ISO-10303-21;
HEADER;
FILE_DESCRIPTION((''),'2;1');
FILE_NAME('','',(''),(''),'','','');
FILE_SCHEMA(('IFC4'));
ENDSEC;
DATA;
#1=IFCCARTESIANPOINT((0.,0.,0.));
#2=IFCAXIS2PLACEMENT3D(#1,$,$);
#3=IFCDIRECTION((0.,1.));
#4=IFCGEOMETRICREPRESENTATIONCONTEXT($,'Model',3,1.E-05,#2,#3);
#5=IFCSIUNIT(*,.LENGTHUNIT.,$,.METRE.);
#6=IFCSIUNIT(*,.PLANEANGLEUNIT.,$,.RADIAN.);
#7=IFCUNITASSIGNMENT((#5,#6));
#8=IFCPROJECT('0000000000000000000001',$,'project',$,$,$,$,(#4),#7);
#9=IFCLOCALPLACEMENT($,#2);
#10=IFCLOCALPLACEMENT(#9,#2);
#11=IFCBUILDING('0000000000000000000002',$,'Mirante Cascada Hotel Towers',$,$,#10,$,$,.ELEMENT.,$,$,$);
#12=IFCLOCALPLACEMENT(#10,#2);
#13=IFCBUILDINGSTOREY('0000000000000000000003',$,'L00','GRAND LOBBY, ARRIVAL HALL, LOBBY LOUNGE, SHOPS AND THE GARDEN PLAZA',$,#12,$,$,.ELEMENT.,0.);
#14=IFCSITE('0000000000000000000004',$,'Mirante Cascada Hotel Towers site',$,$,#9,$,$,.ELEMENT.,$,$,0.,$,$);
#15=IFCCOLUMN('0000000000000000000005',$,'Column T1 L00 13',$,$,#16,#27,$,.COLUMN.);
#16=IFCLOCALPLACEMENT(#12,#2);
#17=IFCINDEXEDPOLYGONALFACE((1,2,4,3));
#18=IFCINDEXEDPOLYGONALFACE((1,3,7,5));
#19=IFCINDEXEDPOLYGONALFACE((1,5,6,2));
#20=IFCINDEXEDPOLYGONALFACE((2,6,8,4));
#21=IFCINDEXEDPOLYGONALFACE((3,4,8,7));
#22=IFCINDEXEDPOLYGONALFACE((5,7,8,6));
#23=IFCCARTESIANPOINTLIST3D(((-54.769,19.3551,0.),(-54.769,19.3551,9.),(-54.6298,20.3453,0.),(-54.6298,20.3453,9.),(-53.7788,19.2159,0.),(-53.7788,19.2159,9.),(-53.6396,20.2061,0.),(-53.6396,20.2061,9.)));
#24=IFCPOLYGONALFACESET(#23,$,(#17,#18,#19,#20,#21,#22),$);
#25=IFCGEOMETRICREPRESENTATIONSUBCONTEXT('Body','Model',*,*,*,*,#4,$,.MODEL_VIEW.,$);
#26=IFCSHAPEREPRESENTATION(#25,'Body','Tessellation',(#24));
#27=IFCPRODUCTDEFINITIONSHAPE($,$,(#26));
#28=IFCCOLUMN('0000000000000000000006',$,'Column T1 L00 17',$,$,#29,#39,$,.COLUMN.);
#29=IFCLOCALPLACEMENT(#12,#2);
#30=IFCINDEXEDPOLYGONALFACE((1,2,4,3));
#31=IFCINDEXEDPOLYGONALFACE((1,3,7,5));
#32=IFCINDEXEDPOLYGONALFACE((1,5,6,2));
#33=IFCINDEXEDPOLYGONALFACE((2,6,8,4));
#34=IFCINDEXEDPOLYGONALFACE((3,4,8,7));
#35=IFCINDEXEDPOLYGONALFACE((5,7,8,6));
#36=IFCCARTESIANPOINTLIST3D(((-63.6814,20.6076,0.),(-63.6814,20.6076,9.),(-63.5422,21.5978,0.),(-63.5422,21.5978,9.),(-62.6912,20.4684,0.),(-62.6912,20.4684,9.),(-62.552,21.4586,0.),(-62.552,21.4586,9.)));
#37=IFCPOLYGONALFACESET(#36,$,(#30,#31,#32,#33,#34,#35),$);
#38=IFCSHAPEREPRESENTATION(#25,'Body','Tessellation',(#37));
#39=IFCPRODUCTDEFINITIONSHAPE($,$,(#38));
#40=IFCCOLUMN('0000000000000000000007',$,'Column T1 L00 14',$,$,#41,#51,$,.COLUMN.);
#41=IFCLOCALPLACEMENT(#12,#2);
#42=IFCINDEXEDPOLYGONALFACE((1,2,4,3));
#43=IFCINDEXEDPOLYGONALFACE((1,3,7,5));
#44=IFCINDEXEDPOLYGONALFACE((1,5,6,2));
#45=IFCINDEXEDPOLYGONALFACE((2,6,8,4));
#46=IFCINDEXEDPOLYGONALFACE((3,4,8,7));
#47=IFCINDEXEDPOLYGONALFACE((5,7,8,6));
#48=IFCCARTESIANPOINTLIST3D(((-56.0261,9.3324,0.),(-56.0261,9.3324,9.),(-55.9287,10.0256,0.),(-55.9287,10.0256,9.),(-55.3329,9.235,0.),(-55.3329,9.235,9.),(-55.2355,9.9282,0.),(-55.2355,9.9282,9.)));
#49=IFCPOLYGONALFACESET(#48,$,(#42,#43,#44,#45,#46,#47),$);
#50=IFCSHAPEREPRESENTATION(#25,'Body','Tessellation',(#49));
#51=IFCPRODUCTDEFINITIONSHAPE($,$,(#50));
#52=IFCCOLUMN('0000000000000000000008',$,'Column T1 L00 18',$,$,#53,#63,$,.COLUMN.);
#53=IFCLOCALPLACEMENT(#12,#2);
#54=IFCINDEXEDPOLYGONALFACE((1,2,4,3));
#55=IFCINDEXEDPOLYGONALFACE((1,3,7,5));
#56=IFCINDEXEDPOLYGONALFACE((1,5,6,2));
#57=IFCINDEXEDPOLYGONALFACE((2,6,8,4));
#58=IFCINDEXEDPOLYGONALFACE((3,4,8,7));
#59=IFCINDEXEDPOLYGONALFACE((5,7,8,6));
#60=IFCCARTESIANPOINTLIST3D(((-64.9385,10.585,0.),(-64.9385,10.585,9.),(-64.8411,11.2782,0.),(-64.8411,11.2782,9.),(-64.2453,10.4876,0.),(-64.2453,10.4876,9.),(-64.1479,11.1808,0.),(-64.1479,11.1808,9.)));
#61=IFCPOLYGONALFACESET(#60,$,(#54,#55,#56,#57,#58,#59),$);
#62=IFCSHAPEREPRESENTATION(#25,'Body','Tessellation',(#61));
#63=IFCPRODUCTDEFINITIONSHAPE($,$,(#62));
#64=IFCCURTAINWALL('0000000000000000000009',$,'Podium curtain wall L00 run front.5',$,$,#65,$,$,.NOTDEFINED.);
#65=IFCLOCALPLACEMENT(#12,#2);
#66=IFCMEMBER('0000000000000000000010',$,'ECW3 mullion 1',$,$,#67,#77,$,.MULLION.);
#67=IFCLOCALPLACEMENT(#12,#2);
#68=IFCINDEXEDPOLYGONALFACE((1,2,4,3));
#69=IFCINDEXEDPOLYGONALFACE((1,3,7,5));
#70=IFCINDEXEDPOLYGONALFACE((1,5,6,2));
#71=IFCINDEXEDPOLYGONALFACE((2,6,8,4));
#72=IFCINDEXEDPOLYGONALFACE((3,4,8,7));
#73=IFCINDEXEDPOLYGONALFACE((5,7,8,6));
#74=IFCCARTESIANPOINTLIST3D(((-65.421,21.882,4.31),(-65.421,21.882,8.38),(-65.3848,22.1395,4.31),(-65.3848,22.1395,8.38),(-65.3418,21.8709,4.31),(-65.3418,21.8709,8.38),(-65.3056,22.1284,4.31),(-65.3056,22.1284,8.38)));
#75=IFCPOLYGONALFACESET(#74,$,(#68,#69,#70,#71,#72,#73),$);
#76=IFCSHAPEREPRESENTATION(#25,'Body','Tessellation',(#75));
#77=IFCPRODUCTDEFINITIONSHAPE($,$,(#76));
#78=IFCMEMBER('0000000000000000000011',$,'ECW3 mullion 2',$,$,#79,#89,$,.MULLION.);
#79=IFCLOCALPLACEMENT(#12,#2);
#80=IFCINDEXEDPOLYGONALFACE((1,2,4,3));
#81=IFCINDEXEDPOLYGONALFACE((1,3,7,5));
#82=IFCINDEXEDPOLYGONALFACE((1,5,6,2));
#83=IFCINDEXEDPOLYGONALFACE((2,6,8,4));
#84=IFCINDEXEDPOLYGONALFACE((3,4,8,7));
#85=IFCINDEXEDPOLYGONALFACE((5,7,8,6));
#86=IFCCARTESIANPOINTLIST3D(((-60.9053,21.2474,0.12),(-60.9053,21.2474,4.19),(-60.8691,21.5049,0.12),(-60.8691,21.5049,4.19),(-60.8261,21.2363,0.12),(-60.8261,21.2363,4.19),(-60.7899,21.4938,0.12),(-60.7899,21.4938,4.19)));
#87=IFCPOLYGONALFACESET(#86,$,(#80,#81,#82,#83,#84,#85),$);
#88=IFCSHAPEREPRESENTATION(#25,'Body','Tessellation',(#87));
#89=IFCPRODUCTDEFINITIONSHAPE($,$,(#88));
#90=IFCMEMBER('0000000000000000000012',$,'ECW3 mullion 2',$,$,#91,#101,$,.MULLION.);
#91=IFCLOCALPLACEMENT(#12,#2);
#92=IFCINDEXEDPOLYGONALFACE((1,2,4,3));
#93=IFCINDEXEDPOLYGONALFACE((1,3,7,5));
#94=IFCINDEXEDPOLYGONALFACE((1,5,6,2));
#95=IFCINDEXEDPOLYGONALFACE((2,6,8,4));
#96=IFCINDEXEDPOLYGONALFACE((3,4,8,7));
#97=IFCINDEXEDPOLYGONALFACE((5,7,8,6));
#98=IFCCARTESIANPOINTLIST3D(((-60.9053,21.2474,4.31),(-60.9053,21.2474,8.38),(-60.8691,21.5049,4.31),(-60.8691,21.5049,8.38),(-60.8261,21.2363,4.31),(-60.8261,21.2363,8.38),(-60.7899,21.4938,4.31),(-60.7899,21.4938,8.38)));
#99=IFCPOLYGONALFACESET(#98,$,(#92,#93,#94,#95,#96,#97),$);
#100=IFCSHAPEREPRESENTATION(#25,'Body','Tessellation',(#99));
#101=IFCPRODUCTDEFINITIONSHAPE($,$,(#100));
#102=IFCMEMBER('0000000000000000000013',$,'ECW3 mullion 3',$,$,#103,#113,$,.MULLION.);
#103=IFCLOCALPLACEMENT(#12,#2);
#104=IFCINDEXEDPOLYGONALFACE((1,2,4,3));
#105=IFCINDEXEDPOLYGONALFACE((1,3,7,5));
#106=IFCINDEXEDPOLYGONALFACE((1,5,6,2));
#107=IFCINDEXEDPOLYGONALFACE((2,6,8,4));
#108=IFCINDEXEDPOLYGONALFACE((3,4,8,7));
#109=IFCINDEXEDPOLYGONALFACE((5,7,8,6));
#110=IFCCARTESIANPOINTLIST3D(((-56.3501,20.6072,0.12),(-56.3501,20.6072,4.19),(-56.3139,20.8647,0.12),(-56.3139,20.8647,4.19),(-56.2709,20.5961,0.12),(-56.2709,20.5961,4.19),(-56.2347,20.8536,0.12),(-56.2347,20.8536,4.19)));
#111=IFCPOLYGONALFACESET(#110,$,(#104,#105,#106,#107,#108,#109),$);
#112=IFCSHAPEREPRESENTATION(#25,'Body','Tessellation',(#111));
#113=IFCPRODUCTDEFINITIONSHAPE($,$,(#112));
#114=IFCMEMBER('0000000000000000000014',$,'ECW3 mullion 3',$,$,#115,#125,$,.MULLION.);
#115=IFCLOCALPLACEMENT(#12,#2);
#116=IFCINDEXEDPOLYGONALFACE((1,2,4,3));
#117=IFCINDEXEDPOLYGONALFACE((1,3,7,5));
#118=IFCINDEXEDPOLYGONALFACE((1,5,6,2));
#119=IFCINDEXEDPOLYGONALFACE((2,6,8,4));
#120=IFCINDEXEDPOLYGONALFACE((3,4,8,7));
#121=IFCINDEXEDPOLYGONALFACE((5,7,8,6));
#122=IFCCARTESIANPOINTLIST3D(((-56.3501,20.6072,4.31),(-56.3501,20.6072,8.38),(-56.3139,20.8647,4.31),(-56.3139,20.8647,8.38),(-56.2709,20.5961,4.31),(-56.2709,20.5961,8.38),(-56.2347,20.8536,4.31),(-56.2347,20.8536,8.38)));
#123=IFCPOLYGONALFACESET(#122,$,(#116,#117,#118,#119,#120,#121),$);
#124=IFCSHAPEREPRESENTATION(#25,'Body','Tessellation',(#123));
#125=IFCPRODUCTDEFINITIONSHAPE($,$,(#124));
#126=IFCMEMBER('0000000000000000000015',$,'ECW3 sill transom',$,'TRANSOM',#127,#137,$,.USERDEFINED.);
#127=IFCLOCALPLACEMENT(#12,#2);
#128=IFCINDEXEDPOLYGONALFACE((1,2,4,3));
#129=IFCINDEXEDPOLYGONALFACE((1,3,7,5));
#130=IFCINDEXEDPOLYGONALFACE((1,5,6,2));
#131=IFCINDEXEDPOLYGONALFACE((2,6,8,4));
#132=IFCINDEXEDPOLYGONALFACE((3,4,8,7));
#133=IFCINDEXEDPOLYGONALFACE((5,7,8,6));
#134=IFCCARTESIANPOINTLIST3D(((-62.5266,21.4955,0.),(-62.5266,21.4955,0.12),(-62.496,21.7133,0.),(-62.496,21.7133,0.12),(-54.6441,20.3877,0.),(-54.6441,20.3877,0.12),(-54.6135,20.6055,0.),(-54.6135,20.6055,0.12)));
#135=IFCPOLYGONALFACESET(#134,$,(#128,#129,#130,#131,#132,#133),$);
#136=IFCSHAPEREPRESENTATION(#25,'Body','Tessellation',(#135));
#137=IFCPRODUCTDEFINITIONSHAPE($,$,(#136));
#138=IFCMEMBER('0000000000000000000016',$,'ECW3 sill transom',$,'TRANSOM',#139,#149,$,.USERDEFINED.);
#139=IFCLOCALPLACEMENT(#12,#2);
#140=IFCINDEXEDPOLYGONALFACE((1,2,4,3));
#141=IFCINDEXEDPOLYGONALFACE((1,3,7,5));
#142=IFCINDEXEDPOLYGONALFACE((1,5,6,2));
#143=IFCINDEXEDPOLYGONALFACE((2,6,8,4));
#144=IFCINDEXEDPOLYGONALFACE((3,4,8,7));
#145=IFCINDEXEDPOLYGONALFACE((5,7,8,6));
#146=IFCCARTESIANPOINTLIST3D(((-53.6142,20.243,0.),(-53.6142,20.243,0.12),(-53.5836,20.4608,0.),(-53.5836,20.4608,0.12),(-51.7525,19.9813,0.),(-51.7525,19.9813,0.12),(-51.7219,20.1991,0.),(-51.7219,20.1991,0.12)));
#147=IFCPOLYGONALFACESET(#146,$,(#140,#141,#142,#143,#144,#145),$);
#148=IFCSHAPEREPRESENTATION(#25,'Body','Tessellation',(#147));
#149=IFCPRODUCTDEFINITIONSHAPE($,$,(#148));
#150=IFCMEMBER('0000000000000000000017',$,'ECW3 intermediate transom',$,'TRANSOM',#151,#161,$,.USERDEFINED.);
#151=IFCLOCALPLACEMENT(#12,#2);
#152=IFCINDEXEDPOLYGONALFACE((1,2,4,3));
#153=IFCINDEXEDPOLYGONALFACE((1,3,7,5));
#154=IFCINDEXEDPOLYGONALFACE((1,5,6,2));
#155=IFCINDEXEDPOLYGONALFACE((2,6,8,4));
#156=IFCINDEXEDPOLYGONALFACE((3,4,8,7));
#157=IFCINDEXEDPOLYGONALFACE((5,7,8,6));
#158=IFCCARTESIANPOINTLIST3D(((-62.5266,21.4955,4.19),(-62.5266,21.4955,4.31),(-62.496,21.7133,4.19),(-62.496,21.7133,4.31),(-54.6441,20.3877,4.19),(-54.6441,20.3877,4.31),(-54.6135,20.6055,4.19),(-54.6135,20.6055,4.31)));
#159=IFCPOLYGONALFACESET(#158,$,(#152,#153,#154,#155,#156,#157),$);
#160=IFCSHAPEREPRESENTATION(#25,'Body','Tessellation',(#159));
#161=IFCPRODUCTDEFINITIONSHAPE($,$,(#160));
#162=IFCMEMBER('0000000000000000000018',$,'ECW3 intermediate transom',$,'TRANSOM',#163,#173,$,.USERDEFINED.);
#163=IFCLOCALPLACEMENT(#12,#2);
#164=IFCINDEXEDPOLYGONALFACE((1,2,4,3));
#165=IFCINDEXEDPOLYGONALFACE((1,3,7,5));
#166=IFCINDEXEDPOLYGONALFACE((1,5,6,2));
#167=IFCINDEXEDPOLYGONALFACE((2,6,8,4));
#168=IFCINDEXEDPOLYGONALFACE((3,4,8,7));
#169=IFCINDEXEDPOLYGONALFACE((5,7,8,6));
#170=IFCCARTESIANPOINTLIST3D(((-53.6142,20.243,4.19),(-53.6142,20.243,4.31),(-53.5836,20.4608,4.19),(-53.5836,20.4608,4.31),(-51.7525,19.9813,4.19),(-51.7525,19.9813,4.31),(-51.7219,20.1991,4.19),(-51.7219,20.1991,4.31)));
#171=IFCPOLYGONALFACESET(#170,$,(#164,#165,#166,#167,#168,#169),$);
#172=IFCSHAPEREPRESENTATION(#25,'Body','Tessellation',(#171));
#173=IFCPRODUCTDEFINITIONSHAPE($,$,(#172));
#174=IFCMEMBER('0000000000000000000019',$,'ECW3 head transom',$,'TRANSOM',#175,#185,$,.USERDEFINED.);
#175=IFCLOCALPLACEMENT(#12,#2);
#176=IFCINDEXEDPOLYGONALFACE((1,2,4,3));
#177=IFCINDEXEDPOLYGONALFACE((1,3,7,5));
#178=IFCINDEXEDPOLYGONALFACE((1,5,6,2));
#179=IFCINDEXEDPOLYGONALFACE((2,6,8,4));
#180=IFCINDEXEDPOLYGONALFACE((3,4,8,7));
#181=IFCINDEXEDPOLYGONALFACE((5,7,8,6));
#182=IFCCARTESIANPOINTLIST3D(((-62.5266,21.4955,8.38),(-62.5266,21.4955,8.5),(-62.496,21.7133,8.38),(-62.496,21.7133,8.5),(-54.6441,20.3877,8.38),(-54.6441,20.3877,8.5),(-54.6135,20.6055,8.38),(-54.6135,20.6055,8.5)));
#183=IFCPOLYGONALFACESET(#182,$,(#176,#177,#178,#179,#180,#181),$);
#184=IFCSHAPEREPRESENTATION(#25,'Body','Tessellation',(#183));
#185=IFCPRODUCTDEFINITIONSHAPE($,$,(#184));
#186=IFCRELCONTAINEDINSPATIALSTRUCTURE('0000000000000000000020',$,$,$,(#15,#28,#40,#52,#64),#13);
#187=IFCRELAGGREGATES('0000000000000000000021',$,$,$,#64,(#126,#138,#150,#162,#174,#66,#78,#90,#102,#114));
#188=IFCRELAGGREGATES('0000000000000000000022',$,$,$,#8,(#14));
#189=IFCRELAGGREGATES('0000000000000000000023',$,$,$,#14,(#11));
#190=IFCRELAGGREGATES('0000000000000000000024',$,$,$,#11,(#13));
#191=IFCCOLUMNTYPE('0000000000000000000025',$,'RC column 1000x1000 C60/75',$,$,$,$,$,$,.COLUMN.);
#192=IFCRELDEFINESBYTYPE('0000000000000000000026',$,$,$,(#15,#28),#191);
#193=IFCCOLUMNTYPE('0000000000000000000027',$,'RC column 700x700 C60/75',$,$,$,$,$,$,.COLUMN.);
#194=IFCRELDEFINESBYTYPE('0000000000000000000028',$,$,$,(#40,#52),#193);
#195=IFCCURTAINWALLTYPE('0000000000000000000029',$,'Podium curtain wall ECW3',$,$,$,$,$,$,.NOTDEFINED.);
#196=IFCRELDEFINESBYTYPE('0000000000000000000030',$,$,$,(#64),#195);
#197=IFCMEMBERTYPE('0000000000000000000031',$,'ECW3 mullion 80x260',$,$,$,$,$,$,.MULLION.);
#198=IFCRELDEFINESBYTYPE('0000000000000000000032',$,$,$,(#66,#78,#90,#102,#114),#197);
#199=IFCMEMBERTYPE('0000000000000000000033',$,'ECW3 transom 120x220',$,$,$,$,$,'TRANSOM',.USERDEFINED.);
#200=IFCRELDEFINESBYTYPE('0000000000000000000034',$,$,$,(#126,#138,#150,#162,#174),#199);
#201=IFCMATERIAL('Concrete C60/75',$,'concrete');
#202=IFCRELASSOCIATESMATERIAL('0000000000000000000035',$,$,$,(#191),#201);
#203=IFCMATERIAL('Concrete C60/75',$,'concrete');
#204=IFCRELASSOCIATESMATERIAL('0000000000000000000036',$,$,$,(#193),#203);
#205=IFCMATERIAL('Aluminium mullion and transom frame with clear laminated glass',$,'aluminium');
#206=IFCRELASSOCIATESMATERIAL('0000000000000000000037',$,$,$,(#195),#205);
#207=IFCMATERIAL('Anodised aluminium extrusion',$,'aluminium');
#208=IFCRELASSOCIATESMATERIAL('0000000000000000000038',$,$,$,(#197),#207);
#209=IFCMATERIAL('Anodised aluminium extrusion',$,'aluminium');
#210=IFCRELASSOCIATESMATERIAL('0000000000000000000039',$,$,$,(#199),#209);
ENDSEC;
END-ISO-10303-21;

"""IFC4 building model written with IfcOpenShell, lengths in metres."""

from ifc_helpers import new_model, si_unit, direction, frame, origin, origin_2d, place, context, subcontext, project, spatial, rectangle, extrude, material, material_profile, profile_set, type_object, element, aggregate, save


model = new_model("IFC4")

# Units and contexts
model_context = context("Model", 3, precision=1e-05, world=origin(), true_north=direction((0.0, 1.0)))
body_context = subcontext(model_context, "Body", "Model", "MODEL_VIEW")
ifc_project = project(units=[si_unit("LENGTHUNIT", "METRE"), si_unit("PLANEANGLEUNIT", "RADIAN")], contexts=[model_context])

# Site, building, storey
site_placement = place(None, origin())
site = spatial("IfcSite", under=ifc_project, at=site_placement, Name="Mirante Cascada Hotel Towers site", CompositionType="ELEMENT", RefElevation=0.0)
building_placement = place(site_placement, origin())
building = spatial("IfcBuilding", under=site, at=building_placement, Name="Mirante Cascada Hotel Towers", CompositionType="ELEMENT")
storey_placement = place(building_placement, origin())
storey = spatial("IfcBuildingStorey", under=building, at=storey_placement, Name="L00", Description="GRAND LOBBY, ARRIVAL HALL, LOBBY LOUNGE, SHOPS AND THE GARDEN PLAZA", CompositionType="ELEMENT", Elevation=0.0)

# Columns
ifc_material_1 = material(Name="Concrete C60/75", Category="concrete")
ifc_material_profile_1 = material_profile(ifc_material_1, rectangle(XDim=1.0, YDim=1.0, at=origin_2d()), Name="RC column 1000x1000 C60/75")
ifc_profile_set_1 = profile_set([ifc_material_profile_1], Name="Concrete C60/75")
column_type_1 = type_object("IfcColumnType", Name="RC column 1000x1000 C60/75", PredefinedType="COLUMN", material=ifc_profile_set_1)
for number, where, z_axis, x_axis, name in (
    (1, (-54.2043, 19.7806, 0.0), (0.0, 0.0, 1.0), (-0.990268, 0.139173, 0.0), "Column T1 L00 13"),
    (2, (-63.1167, 21.0331, 0.0), (0.0, 0.0, 1.0), (-0.990268, 0.139173, 0.0), "Column T1 L00 17"),
):
    element("IfcColumn", number, at=place(storey_placement, frame(where, z_axis=z_axis, x_axis=x_axis)), inside=storey, type_object=column_type_1, Name=name, PredefinedType="COLUMN", context=body_context, shape_type="SweptSolid", body=[
        extrude(rectangle(XDim=1.0, YDim=1.0, at=origin_2d()), origin(), (0.0, 0.0, 1.0), 9.0),
    ])
ifc_material_2 = material(Name="Concrete C60/75", Category="concrete")
ifc_material_profile_2 = material_profile(ifc_material_2, rectangle(XDim=0.7, YDim=0.7, at=origin_2d()), Name="RC column 700x700 C60/75")
ifc_profile_set_2 = profile_set([ifc_material_profile_2], Name="Concrete C60/75")
column_type_2 = type_object("IfcColumnType", Name="RC column 700x700 C60/75", PredefinedType="COLUMN", material=ifc_profile_set_2)
for number, where, z_axis, x_axis, name in (
    (3, (-55.6308, 9.6303, 0.0), (0.0, 0.0, 1.0), (-0.990268, 0.139173, 0.0), "Column T1 L00 14"),
    (4, (-64.5432, 10.8829, 0.0), (0.0, 0.0, 1.0), (-0.990268, 0.139173, 0.0), "Column T1 L00 18"),
):
    element("IfcColumn", number, at=place(storey_placement, frame(where, z_axis=z_axis, x_axis=x_axis)), inside=storey, type_object=column_type_2, Name=name, PredefinedType="COLUMN", context=body_context, shape_type="SweptSolid", body=[
        extrude(rectangle(XDim=0.7, YDim=0.7, at=origin_2d()), origin(), (0.0, 0.0, 1.0), 9.0),
    ])

# Curtain wall, members
ifc_material_3 = material(Name="Aluminium mullion and transom frame with clear laminated glass", Category="aluminium")
curtain_wall_type = type_object("IfcCurtainWallType", Name="Podium curtain wall ECW3", PredefinedType="NOTDEFINED", material=ifc_material_3)
curtain_wall_placement = place(storey_placement, origin())
curtain_wall = element("IfcCurtainWall", 5, at=curtain_wall_placement, inside=storey, type_object=curtain_wall_type, Name="Podium curtain wall L00 run front.5", PredefinedType="NOTDEFINED")
ifc_material_4 = material(Name="Anodised aluminium extrusion", Category="aluminium")
ifc_material_profile_3 = material_profile(ifc_material_4, rectangle(XDim=0.26, YDim=0.08, at=origin_2d()), Name="ECW3 MULLION 80x260")
ifc_profile_set_3 = profile_set([ifc_material_profile_3], Name="Anodised aluminium extrusion")
member_type_1 = type_object("IfcMemberType", Name="ECW3 mullion 80x260", PredefinedType="MULLION", material=ifc_profile_set_3)
member_1_placement = place(storey_placement, frame((-65.3633, 22.0052, 4.31), z_axis=(0.0, 0.0, 1.0), x_axis=(0.139173, 0.990268, 0.0)))
member_1 = element("IfcMember", 6, at=member_1_placement, type_object=member_type_1, Name="ECW3 mullion 1", PredefinedType="MULLION", context=body_context, shape_type="SweptSolid", body=[
    extrude(rectangle(XDim=0.26, YDim=0.08, at=origin_2d()), origin(), (0.0, 0.0, 1.0), 4.07),
])
member_2_placement = place(storey_placement, frame((-60.8476, 21.3706, 0.12), z_axis=(0.0, 0.0, 1.0), x_axis=(0.139173, 0.990268, 0.0)))
member_2 = element("IfcMember", 7, at=member_2_placement, type_object=member_type_1, Name="ECW3 mullion 2", PredefinedType="MULLION", context=body_context, shape_type="SweptSolid", body=[
    extrude(rectangle(XDim=0.26, YDim=0.08, at=origin_2d()), origin(), (0.0, 0.0, 1.0), 4.07),
])
member_3_placement = place(storey_placement, frame((-60.8476, 21.3706, 4.31), z_axis=(0.0, 0.0, 1.0), x_axis=(0.139173, 0.990268, 0.0)))
member_3 = element("IfcMember", 8, at=member_3_placement, type_object=member_type_1, Name="ECW3 mullion 2", PredefinedType="MULLION", context=body_context, shape_type="SweptSolid", body=[
    extrude(rectangle(XDim=0.26, YDim=0.08, at=origin_2d()), origin(), (0.0, 0.0, 1.0), 4.07),
])
member_4_placement = place(storey_placement, frame((-56.2924, 20.7304, 0.12), z_axis=(0.0, 0.0, 1.0), x_axis=(0.139173, 0.990268, 0.0)))
member_4 = element("IfcMember", 9, at=member_4_placement, type_object=member_type_1, Name="ECW3 mullion 3", PredefinedType="MULLION", context=body_context, shape_type="SweptSolid", body=[
    extrude(rectangle(XDim=0.26, YDim=0.08, at=origin_2d()), origin(), (0.0, 0.0, 1.0), 4.07),
])
member_5_placement = place(storey_placement, frame((-56.2924, 20.7304, 4.31), z_axis=(0.0, 0.0, 1.0), x_axis=(0.139173, 0.990268, 0.0)))
member_5 = element("IfcMember", 10, at=member_5_placement, type_object=member_type_1, Name="ECW3 mullion 3", PredefinedType="MULLION", context=body_context, shape_type="SweptSolid", body=[
    extrude(rectangle(XDim=0.26, YDim=0.08, at=origin_2d()), origin(), (0.0, 0.0, 1.0), 4.07),
])
ifc_material_5 = material(Name="Anodised aluminium extrusion", Category="aluminium")
ifc_material_profile_4 = material_profile(ifc_material_5, rectangle(XDim=0.22, YDim=0.12, at=origin_2d()), Name="ECW3 TRANSOM 120x220")
ifc_profile_set_4 = profile_set([ifc_material_profile_4], Name="Anodised aluminium extrusion")
member_type_2 = type_object("IfcMemberType", Name="ECW3 transom 120x220", ElementType="TRANSOM", PredefinedType="USERDEFINED", material=ifc_profile_set_4)
member_6_placement = place(storey_placement, frame((-62.5113, 21.6044, 0.06), z_axis=(0.990268, -0.139172, 0.0), x_axis=(0.139172, 0.990268, 0.0)))
member_6 = element("IfcMember", 11, at=member_6_placement, type_object=member_type_2, Name="ECW3 sill transom", ObjectType="TRANSOM", PredefinedType="USERDEFINED", context=body_context, shape_type="SweptSolid", body=[
    extrude(rectangle(XDim=0.22, YDim=0.12, at=origin_2d()), origin(), (0.0, 0.0, 1.0), 7.96),
])
member_7_placement = place(storey_placement, frame((-53.5989, 20.3519, 0.06), z_axis=(0.990264, -0.139202, 0.0), x_axis=(0.139202, 0.990264, 0.0)))
member_7 = element("IfcMember", 12, at=member_7_placement, type_object=member_type_2, Name="ECW3 sill transom", ObjectType="TRANSOM", PredefinedType="USERDEFINED", context=body_context, shape_type="SweptSolid", body=[
    extrude(rectangle(XDim=0.22, YDim=0.12, at=origin_2d()), origin(), (0.0, 0.0, 1.0), 1.88),
])
member_8_placement = place(storey_placement, frame((-62.5113, 21.6044, 4.25), z_axis=(0.990268, -0.139172, 0.0), x_axis=(0.139172, 0.990268, 0.0)))
member_8 = element("IfcMember", 13, at=member_8_placement, type_object=member_type_2, Name="ECW3 intermediate transom", ObjectType="TRANSOM", PredefinedType="USERDEFINED", context=body_context, shape_type="SweptSolid", body=[
    extrude(rectangle(XDim=0.22, YDim=0.12, at=origin_2d()), origin(), (0.0, 0.0, 1.0), 7.96),
])
member_9_placement = place(storey_placement, frame((-53.5989, 20.3519, 4.25), z_axis=(0.990264, -0.139202, 0.0), x_axis=(0.139202, 0.990264, 0.0)))
member_9 = element("IfcMember", 14, at=member_9_placement, type_object=member_type_2, Name="ECW3 intermediate transom", ObjectType="TRANSOM", PredefinedType="USERDEFINED", context=body_context, shape_type="SweptSolid", body=[
    extrude(rectangle(XDim=0.22, YDim=0.12, at=origin_2d()), origin(), (0.0, 0.0, 1.0), 1.88),
])
member_10_placement = place(storey_placement, frame((-62.5113, 21.6044, 8.44), z_axis=(0.990268, -0.139172, 0.0), x_axis=(0.139172, 0.990268, 0.0)))
member_10 = element("IfcMember", 15, at=member_10_placement, type_object=member_type_2, Name="ECW3 head transom", ObjectType="TRANSOM", PredefinedType="USERDEFINED", context=body_context, shape_type="SweptSolid", body=[
    extrude(rectangle(XDim=0.22, YDim=0.12, at=origin_2d()), origin(), (0.0, 0.0, 1.0), 7.96),
])
aggregate(curtain_wall, [member_6, member_7, member_8, member_9, member_10, member_1, member_2, member_3, member_4, member_5])

save(model, "model.ifc")
